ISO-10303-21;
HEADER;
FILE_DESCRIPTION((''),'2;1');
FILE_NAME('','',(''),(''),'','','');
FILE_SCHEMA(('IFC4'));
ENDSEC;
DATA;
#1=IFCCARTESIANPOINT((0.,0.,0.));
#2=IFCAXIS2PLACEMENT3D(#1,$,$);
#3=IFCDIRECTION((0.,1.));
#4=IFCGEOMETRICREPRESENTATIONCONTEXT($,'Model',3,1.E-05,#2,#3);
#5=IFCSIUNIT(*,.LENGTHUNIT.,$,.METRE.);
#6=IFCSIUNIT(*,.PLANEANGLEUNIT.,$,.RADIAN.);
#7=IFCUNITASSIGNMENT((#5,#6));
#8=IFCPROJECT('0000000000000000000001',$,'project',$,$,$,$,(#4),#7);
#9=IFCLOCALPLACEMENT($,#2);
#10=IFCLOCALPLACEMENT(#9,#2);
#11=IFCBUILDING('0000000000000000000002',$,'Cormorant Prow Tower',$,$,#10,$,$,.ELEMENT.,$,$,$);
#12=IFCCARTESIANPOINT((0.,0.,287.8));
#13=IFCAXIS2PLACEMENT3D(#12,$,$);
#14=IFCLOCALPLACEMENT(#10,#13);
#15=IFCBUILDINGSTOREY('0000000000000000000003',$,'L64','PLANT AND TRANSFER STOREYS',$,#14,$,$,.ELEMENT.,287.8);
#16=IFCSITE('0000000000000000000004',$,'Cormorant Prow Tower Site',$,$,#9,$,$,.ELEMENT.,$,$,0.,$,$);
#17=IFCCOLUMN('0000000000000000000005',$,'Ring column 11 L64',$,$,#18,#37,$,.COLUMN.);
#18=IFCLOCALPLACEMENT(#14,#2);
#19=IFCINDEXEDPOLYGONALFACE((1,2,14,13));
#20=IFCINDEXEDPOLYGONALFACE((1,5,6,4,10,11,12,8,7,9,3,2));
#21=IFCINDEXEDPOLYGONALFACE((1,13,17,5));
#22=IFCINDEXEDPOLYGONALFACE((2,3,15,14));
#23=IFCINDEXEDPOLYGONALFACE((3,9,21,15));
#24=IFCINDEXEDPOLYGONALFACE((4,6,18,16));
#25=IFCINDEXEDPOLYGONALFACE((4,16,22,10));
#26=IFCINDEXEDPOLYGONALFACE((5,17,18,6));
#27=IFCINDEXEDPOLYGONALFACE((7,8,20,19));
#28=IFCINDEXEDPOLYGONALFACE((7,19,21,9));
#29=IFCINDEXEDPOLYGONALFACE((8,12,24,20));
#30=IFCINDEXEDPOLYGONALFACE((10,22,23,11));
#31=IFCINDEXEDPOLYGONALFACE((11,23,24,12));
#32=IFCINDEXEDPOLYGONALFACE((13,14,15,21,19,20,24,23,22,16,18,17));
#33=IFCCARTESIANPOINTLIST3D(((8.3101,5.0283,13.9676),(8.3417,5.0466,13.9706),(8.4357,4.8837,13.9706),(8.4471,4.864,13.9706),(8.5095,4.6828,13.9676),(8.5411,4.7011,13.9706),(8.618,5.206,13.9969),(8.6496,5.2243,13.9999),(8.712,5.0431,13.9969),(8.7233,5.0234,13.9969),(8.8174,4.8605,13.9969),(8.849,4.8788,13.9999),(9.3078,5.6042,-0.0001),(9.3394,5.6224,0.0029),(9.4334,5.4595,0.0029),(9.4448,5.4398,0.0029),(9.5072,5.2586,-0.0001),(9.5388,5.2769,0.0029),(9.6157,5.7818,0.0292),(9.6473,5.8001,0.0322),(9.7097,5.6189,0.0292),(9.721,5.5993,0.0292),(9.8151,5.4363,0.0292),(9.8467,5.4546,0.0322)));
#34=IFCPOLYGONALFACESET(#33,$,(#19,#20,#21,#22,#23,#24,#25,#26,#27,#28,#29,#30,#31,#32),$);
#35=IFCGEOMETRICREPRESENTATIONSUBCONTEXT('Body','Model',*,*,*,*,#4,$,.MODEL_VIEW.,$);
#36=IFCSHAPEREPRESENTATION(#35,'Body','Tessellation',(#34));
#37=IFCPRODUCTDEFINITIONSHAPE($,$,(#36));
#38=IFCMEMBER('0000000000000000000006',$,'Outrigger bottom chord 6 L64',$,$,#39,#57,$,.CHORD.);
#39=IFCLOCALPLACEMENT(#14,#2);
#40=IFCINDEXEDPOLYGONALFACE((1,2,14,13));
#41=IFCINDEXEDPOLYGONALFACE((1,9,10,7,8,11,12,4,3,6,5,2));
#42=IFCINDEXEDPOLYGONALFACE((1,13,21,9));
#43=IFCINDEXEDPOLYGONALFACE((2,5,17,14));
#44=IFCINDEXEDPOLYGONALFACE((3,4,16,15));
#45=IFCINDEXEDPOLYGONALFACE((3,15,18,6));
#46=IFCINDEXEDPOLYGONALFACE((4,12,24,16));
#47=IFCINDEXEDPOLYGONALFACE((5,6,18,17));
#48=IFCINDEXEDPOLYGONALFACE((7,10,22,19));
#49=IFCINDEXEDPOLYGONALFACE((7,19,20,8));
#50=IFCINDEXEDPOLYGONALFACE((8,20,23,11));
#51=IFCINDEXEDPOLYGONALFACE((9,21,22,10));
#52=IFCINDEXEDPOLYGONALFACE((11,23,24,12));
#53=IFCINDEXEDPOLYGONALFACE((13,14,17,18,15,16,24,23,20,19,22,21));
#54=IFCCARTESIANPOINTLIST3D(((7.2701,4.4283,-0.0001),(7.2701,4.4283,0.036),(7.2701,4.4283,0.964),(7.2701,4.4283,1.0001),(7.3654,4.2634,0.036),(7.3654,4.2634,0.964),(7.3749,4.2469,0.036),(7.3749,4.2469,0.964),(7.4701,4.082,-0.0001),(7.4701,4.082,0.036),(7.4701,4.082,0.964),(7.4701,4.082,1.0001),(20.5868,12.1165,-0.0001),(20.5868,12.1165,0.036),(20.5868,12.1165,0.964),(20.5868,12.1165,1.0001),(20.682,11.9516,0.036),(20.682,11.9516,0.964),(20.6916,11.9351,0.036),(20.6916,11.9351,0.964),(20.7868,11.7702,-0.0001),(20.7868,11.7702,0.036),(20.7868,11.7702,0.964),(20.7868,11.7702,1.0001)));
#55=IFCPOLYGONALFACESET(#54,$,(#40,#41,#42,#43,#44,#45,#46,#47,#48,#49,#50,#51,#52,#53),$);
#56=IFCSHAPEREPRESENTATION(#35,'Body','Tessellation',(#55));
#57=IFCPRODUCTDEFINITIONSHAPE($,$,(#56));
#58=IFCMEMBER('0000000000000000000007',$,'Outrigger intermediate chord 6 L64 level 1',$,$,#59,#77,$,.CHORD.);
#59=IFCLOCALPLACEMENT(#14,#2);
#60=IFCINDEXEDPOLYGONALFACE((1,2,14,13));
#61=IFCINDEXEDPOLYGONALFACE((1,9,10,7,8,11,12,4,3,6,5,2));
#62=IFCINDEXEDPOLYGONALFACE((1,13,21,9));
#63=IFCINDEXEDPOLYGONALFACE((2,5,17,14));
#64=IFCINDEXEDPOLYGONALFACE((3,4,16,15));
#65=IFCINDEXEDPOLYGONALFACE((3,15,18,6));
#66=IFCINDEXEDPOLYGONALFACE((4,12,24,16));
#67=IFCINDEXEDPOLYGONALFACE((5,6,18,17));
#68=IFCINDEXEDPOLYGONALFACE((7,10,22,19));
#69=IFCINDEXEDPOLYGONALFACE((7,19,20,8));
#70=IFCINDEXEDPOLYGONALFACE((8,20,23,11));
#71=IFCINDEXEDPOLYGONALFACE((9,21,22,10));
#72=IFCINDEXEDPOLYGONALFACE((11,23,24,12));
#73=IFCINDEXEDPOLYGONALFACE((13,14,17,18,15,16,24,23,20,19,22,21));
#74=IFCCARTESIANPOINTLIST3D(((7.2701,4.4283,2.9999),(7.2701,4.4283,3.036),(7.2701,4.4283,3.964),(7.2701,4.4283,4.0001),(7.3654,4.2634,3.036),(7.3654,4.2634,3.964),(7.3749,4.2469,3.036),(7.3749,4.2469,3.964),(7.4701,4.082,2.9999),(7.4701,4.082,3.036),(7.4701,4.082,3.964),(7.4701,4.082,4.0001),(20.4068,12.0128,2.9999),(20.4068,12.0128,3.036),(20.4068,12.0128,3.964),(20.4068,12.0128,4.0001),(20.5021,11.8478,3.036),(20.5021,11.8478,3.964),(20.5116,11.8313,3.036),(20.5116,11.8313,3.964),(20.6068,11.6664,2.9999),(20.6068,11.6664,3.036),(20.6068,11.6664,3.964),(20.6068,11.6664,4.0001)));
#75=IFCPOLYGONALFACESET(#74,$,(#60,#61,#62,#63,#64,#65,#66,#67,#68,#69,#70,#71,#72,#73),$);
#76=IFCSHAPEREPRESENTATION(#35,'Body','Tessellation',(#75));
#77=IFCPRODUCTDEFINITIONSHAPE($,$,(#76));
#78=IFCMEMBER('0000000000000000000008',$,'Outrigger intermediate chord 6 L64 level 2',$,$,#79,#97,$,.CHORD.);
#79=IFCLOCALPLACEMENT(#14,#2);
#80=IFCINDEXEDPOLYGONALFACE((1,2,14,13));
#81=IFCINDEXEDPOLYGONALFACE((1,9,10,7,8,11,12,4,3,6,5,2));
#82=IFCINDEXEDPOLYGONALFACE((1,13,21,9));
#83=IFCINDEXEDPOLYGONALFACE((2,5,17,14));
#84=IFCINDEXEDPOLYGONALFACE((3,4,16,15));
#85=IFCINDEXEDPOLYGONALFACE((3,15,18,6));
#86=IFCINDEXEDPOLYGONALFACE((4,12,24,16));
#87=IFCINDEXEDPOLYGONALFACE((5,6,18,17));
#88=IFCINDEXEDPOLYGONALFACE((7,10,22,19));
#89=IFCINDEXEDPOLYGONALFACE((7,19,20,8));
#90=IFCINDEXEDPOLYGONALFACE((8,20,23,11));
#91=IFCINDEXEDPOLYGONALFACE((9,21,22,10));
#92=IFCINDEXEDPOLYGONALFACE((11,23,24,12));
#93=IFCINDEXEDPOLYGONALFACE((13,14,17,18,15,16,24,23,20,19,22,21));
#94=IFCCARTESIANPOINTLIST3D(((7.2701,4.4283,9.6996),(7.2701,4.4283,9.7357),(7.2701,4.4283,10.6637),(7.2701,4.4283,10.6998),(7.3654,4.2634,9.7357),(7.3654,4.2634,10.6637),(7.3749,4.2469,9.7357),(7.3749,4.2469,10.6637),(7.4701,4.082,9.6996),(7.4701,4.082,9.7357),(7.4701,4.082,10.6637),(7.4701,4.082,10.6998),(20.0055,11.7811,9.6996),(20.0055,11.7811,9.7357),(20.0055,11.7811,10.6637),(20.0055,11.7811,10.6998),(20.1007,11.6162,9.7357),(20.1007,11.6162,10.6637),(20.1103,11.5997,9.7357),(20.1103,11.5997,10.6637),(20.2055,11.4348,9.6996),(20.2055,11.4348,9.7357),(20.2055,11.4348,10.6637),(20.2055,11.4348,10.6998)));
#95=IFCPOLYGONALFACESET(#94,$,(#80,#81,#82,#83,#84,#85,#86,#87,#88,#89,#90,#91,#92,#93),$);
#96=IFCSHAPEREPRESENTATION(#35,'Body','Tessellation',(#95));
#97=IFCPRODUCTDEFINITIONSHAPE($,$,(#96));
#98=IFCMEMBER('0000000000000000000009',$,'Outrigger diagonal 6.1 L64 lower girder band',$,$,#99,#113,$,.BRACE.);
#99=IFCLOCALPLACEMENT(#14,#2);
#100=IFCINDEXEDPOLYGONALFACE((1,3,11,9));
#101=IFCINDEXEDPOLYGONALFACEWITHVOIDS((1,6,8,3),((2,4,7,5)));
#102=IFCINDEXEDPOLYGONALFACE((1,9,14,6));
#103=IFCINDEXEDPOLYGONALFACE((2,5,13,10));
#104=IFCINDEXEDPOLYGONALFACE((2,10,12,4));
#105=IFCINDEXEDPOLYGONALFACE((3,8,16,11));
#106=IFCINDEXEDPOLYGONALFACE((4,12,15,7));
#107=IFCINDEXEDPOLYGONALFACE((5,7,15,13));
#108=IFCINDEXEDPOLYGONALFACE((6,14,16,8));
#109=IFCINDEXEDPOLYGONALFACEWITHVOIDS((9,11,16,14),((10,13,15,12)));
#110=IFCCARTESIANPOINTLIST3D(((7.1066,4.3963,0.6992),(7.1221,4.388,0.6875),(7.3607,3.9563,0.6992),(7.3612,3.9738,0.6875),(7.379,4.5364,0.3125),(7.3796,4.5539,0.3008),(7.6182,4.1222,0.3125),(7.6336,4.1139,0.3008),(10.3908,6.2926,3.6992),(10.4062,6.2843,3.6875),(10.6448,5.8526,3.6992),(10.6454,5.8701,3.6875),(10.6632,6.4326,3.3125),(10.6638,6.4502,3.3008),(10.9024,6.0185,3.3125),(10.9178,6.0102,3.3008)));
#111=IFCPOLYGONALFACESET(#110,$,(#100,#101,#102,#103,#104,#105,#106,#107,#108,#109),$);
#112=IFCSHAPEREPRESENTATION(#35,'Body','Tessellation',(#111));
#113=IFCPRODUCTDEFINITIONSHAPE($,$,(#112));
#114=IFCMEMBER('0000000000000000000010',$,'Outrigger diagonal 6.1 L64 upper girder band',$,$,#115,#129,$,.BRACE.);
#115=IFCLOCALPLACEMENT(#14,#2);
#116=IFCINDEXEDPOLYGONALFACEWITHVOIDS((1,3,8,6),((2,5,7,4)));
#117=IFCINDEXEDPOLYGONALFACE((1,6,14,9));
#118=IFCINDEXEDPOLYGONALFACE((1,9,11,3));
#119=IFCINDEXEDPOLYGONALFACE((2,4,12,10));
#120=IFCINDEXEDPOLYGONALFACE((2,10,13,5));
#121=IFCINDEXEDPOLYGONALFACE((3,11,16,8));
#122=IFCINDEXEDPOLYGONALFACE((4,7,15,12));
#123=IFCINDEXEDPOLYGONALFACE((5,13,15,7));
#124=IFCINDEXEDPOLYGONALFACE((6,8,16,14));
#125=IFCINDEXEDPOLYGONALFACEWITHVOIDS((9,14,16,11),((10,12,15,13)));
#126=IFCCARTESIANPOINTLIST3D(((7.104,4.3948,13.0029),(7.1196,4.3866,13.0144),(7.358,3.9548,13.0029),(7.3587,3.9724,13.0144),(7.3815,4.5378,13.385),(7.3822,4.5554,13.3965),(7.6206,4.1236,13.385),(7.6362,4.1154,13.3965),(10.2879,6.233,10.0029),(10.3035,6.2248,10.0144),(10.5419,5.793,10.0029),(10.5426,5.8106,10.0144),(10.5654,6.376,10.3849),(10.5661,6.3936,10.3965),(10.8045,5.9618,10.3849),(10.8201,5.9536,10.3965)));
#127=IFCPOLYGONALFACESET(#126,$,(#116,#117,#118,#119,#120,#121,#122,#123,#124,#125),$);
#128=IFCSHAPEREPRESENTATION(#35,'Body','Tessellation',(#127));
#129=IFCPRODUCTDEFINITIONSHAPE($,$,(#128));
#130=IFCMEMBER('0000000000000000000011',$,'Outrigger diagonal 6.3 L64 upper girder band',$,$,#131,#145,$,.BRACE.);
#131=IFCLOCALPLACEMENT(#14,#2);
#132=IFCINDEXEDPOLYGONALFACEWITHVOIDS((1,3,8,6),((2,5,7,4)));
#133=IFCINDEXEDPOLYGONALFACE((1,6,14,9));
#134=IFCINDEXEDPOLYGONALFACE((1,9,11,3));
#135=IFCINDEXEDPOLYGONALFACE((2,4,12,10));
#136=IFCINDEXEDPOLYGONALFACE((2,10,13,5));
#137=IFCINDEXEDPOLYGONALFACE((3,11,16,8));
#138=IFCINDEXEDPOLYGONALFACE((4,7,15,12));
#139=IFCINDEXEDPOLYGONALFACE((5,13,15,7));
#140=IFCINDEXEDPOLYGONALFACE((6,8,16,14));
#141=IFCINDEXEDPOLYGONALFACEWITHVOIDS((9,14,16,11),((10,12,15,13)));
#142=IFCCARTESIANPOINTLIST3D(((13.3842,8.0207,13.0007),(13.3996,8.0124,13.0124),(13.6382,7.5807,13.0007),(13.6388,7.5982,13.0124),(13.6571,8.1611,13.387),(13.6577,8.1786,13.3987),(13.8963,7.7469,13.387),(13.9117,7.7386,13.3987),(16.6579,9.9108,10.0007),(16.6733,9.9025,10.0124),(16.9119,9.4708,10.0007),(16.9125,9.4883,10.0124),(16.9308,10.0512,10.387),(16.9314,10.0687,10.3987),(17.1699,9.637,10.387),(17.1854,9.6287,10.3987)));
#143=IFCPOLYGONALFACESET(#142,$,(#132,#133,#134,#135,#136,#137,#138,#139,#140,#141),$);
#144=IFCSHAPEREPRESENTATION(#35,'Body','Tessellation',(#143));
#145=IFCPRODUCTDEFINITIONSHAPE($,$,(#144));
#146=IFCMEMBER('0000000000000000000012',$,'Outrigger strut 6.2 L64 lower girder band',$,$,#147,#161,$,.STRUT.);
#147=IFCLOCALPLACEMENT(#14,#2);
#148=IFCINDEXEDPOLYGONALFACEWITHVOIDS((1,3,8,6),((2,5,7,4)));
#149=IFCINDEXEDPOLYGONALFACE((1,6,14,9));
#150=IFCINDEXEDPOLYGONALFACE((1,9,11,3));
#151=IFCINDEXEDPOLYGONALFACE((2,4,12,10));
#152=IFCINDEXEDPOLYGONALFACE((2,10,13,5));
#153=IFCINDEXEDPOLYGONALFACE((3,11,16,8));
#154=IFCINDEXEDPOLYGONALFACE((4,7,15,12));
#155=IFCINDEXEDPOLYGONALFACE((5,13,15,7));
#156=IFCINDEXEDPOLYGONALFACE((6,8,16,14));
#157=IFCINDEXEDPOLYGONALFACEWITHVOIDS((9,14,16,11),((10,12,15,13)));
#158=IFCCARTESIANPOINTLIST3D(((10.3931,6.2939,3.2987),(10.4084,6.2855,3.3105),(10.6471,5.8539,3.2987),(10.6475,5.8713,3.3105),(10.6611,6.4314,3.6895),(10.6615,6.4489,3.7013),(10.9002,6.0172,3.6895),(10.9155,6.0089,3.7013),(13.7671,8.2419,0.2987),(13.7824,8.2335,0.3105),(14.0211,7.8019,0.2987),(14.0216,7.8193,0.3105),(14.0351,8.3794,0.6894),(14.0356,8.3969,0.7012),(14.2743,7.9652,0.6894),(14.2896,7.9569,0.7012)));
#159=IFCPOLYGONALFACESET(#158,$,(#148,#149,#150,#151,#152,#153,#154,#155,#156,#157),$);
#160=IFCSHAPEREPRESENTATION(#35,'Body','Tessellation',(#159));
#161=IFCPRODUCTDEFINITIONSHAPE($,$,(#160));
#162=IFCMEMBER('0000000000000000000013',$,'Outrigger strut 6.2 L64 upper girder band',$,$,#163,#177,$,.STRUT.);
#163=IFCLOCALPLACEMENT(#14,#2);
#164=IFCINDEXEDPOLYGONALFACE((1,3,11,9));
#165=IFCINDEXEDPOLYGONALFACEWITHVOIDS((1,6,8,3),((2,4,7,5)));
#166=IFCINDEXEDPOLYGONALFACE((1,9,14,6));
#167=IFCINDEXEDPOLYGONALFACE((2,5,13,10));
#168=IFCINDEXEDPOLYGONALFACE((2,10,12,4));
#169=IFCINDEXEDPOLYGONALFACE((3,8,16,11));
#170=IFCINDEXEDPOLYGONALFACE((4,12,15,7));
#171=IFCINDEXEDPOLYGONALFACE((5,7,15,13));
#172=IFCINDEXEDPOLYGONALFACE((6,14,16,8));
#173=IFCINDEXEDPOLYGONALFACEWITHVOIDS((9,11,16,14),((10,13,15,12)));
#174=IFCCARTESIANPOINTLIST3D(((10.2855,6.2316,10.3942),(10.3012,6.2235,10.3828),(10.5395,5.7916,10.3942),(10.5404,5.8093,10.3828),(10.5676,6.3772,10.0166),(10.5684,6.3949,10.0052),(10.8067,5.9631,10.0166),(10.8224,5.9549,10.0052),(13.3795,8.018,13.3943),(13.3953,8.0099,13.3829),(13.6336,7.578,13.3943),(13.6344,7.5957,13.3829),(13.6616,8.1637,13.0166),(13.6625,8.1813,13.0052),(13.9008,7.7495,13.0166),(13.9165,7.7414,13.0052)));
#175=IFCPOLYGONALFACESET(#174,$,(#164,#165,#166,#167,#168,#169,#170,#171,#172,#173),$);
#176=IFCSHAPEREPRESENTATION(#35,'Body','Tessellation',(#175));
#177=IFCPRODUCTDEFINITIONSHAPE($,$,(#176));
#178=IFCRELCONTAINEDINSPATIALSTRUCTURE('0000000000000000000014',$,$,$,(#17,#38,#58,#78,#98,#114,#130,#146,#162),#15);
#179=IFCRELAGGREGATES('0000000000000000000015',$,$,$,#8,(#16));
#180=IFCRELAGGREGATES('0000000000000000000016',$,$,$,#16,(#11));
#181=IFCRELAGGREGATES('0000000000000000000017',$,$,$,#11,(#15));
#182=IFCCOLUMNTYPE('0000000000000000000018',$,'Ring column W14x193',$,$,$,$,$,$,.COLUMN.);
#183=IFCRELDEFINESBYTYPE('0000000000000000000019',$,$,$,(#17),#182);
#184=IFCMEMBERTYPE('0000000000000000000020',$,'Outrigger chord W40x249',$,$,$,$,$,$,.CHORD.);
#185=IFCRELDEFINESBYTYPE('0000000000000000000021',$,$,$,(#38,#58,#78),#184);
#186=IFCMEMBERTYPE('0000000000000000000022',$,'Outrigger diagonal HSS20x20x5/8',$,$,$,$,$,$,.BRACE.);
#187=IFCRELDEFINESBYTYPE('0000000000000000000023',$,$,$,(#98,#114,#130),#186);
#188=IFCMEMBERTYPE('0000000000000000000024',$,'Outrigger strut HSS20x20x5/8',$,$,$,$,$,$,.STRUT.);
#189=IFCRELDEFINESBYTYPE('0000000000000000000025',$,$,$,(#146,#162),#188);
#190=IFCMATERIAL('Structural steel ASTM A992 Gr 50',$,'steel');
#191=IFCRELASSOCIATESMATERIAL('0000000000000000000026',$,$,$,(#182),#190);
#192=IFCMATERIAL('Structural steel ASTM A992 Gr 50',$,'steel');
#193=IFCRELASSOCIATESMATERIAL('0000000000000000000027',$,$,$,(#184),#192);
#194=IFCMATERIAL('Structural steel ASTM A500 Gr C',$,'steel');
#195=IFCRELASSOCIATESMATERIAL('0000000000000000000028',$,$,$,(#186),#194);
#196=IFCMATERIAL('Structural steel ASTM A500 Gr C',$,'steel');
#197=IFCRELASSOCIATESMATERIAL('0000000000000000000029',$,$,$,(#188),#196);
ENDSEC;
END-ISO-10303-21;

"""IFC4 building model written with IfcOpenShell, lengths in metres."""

from ifc_helpers import new_model, si_unit, direction, frame, origin, origin_2d, place, context, subcontext, project, spatial, hollow_rectangle, i_section, extrude, material, material_profile, profile_set, type_object, element, save


model = new_model("IFC4")

# Units and contexts
model_context = context("Model", 3, precision=1e-05, world=origin(), true_north=direction((0.0, 1.0)))
body_context = subcontext(model_context, "Body", "Model", "MODEL_VIEW")
ifc_project = project(units=[si_unit("LENGTHUNIT", "METRE"), si_unit("PLANEANGLEUNIT", "RADIAN")], contexts=[model_context])

# Site, building, storey
site_placement = place(None, origin())
site = spatial("IfcSite", under=ifc_project, at=site_placement, Name="Cormorant Prow Tower Site", CompositionType="ELEMENT", RefElevation=0.0)
building_placement = place(site_placement, origin())
building = spatial("IfcBuilding", under=site, at=building_placement, Name="Cormorant Prow Tower", CompositionType="ELEMENT")
storey_placement = place(building_placement, frame((0.0, 0.0, 287.8)))
storey = spatial("IfcBuildingStorey", under=building, at=storey_placement, Name="L64", Description="PLANT AND TRANSFER STOREYS", CompositionType="ELEMENT", Elevation=287.8)

# Column
ifc_material_1 = material(Name="Structural steel ASTM A992 Gr 50", Category="steel")
ifc_material_profile_1 = material_profile(ifc_material_1, i_section(OverallWidth=0.3989, OverallDepth=0.3933, WebThickness=0.0227, FlangeThickness=0.0366, at=origin_2d()), Name="W14x193")
ifc_profile_set_1 = profile_set([ifc_material_profile_1], Name="Structural steel ASTM A992 Gr 50")
column_type = type_object("IfcColumnType", Name="Ring column W14x193", PredefinedType="COLUMN", material=ifc_profile_set_1)
column_placement = place(storey_placement, frame((9.5784, 5.53, 0.0), z_axis=(-0.071187, -0.041085, 0.996616), x_axis=(0.499869, -0.866101, 0.0)))
element("IfcColumn", 1, at=column_placement, inside=storey, type_object=column_type, Name="Ring column 11 L64", PredefinedType="COLUMN", context=body_context, shape_type="SweptSolid", body=[
    extrude(i_section(OverallWidth=0.3989, OverallDepth=0.3933, WebThickness=0.0227, FlangeThickness=0.0366, at=origin_2d()), frame((0.0, 0.0, 0.0161)), (0.0, 0.0, 1.0), 14.0151),
])

# Members
ifc_material_2 = material(Name="Structural steel ASTM A992 Gr 50", Category="steel")
ifc_material_profile_2 = material_profile(ifc_material_2, i_section(OverallWidth=0.3999, OverallDepth=1.0002, WebThickness=0.019, FlangeThickness=0.0361, at=origin_2d()), Name="W40x249")
ifc_profile_set_2 = profile_set([ifc_material_profile_2], Name="Structural steel ASTM A992 Gr 50")
member_type_1 = type_object("IfcMemberType", Name="Outrigger chord W40x249", PredefinedType="CHORD", material=ifc_profile_set_2)
member_1_placement = place(storey_placement, frame((7.3701, 4.2551, 0.5), z_axis=(0.866029, 0.499993, 0.0), x_axis=(-0.499993, 0.866029, 0.0)))
element("IfcMember", 2, at=member_1_placement, inside=storey, type_object=member_type_1, Name="Outrigger bottom chord 6 L64", PredefinedType="CHORD", context=body_context, shape_type="SweptSolid", body=[
    extrude(i_section(OverallWidth=0.3999, OverallDepth=1.0002, WebThickness=0.019, FlangeThickness=0.0361, at=origin_2d()), origin(), (0.0, 0.0, 1.0), 15.3767),
])
member_2_placement = place(storey_placement, frame((7.3701, 4.2551, 3.5), z_axis=(0.866026, 0.499999, 0.0), x_axis=(-0.499999, 0.866026, 0.0)))
element("IfcMember", 3, at=member_2_placement, inside=storey, type_object=member_type_1, Name="Outrigger intermediate chord 6 L64 level 1", PredefinedType="CHORD", context=body_context, shape_type="SweptSolid", body=[
    extrude(i_section(OverallWidth=0.3999, OverallDepth=1.0002, WebThickness=0.019, FlangeThickness=0.0361, at=origin_2d()), origin(), (0.0, 0.0, 1.0), 15.1689),
])
member_3_placement = place(storey_placement, frame((7.3701, 4.2551, 10.1997), z_axis=(0.866025, 0.500001, 0.0), x_axis=(-0.500001, 0.866025, 0.0)))
element("IfcMember", 4, at=member_3_placement, inside=storey, type_object=member_type_1, Name="Outrigger intermediate chord 6 L64 level 2", PredefinedType="CHORD", context=body_context, shape_type="SweptSolid", body=[
    extrude(i_section(OverallWidth=0.3999, OverallDepth=1.0002, WebThickness=0.019, FlangeThickness=0.0361, at=origin_2d()), origin(), (0.0, 0.0, 1.0), 14.7056),
])
ifc_material_3 = material(Name="Structural steel ASTM A500 Gr C", Category="steel")
ifc_material_profile_3 = material_profile(ifc_material_3, hollow_rectangle(XDim=0.5081, YDim=0.5081, WallThickness=0.0149, at=origin_2d()), Name="HSS20x20x5/8")
ifc_profile_set_3 = profile_set([ifc_material_profile_3], Name="Structural steel ASTM A500 Gr C")
member_type_2 = type_object("IfcMemberType", Name="Outrigger diagonal HSS20x20x5/8", PredefinedType="BRACE", material=ifc_profile_set_3)
member_4_placement = place(storey_placement, frame((7.3701, 4.2551, 0.5), z_axis=(0.679188, 0.392154, 0.620418), x_axis=(-0.500023, 0.866012, 0.0)))
element("IfcMember", 5, at=member_4_placement, inside=storey, type_object=member_type_2, Name="Outrigger diagonal 6.1 L64 lower girder band", PredefinedType="BRACE", context=body_context, shape_type="SweptSolid", body=[
    extrude(hollow_rectangle(XDim=0.5081, YDim=0.5081, WallThickness=0.0149, at=origin_2d()), origin(), (0.0, 0.0, 1.0), 4.8354),
])
member_5_placement = place(storey_placement, frame((7.3701, 4.2551, 13.1997), z_axis=(0.67098, 0.387379, -0.632237), x_axis=(-0.499989, 0.866032, 0.0)))
element("IfcMember", 6, at=member_5_placement, inside=storey, type_object=member_type_2, Name="Outrigger diagonal 6.1 L64 upper girder band", PredefinedType="BRACE", context=body_context, shape_type="SweptSolid", body=[
    extrude(hollow_rectangle(XDim=0.5081, YDim=0.5081, WallThickness=0.0149, at=origin_2d()), origin(), (0.0, 0.0, 1.0), 4.7451),
])
member_6_placement = place(storey_placement, frame((13.6479, 7.8796, 13.1997), z_axis=(0.678352, 0.391663, -0.621642), x_axis=(-0.500015, 0.866017, 0.0)))
element("IfcMember", 7, at=member_6_placement, inside=storey, type_object=member_type_2, Name="Outrigger diagonal 6.3 L64 upper girder band", PredefinedType="BRACE", context=body_context, shape_type="SweptSolid", body=[
    extrude(hollow_rectangle(XDim=0.5081, YDim=0.5081, WallThickness=0.0149, at=origin_2d()), origin(), (0.0, 0.0, 1.0), 4.8259),
])
ifc_material_4 = material(Name="Structural steel ASTM A500 Gr C", Category="steel")
ifc_material_profile_4 = material_profile(ifc_material_4, hollow_rectangle(XDim=0.5081, YDim=0.5081, WallThickness=0.0149, at=origin_2d()), Name="HSS20x20x5/8")
ifc_profile_set_4 = profile_set([ifc_material_profile_4], Name="Structural steel ASTM A500 Gr C")
member_type_3 = type_object("IfcMemberType", Name="Outrigger strut HSS20x20x5/8", PredefinedType="STRUT", material=ifc_profile_set_4)
member_7_placement = place(storey_placement, frame((10.6543, 6.1514, 3.5), z_axis=(0.686169, 0.396161, -0.610105), x_axis=(-0.500001, 0.866025, 0.0)))
element("IfcMember", 8, at=member_7_placement, inside=storey, type_object=member_type_3, Name="Outrigger strut 6.2 L64 lower girder band", PredefinedType="STRUT", context=body_context, shape_type="SweptSolid", body=[
    extrude(hollow_rectangle(XDim=0.5081, YDim=0.5081, WallThickness=0.0149, at=origin_2d()), origin(), (0.0, 0.0, 1.0), 4.9172),
])
member_8_placement = place(storey_placement, frame((10.554, 6.0933, 10.1997), z_axis=(0.663209, 0.382917, 0.643061), x_axis=(-0.500012, 0.866018, 0.0)))
element("IfcMember", 9, at=member_8_placement, inside=storey, type_object=member_type_3, Name="Outrigger strut 6.2 L64 upper girder band", PredefinedType="STRUT", context=body_context, shape_type="SweptSolid", body=[
    extrude(hollow_rectangle(XDim=0.5081, YDim=0.5081, WallThickness=0.0149, at=origin_2d()), origin(), (0.0, 0.0, 1.0), 4.6653),
])

save(model, "model.ifc")
